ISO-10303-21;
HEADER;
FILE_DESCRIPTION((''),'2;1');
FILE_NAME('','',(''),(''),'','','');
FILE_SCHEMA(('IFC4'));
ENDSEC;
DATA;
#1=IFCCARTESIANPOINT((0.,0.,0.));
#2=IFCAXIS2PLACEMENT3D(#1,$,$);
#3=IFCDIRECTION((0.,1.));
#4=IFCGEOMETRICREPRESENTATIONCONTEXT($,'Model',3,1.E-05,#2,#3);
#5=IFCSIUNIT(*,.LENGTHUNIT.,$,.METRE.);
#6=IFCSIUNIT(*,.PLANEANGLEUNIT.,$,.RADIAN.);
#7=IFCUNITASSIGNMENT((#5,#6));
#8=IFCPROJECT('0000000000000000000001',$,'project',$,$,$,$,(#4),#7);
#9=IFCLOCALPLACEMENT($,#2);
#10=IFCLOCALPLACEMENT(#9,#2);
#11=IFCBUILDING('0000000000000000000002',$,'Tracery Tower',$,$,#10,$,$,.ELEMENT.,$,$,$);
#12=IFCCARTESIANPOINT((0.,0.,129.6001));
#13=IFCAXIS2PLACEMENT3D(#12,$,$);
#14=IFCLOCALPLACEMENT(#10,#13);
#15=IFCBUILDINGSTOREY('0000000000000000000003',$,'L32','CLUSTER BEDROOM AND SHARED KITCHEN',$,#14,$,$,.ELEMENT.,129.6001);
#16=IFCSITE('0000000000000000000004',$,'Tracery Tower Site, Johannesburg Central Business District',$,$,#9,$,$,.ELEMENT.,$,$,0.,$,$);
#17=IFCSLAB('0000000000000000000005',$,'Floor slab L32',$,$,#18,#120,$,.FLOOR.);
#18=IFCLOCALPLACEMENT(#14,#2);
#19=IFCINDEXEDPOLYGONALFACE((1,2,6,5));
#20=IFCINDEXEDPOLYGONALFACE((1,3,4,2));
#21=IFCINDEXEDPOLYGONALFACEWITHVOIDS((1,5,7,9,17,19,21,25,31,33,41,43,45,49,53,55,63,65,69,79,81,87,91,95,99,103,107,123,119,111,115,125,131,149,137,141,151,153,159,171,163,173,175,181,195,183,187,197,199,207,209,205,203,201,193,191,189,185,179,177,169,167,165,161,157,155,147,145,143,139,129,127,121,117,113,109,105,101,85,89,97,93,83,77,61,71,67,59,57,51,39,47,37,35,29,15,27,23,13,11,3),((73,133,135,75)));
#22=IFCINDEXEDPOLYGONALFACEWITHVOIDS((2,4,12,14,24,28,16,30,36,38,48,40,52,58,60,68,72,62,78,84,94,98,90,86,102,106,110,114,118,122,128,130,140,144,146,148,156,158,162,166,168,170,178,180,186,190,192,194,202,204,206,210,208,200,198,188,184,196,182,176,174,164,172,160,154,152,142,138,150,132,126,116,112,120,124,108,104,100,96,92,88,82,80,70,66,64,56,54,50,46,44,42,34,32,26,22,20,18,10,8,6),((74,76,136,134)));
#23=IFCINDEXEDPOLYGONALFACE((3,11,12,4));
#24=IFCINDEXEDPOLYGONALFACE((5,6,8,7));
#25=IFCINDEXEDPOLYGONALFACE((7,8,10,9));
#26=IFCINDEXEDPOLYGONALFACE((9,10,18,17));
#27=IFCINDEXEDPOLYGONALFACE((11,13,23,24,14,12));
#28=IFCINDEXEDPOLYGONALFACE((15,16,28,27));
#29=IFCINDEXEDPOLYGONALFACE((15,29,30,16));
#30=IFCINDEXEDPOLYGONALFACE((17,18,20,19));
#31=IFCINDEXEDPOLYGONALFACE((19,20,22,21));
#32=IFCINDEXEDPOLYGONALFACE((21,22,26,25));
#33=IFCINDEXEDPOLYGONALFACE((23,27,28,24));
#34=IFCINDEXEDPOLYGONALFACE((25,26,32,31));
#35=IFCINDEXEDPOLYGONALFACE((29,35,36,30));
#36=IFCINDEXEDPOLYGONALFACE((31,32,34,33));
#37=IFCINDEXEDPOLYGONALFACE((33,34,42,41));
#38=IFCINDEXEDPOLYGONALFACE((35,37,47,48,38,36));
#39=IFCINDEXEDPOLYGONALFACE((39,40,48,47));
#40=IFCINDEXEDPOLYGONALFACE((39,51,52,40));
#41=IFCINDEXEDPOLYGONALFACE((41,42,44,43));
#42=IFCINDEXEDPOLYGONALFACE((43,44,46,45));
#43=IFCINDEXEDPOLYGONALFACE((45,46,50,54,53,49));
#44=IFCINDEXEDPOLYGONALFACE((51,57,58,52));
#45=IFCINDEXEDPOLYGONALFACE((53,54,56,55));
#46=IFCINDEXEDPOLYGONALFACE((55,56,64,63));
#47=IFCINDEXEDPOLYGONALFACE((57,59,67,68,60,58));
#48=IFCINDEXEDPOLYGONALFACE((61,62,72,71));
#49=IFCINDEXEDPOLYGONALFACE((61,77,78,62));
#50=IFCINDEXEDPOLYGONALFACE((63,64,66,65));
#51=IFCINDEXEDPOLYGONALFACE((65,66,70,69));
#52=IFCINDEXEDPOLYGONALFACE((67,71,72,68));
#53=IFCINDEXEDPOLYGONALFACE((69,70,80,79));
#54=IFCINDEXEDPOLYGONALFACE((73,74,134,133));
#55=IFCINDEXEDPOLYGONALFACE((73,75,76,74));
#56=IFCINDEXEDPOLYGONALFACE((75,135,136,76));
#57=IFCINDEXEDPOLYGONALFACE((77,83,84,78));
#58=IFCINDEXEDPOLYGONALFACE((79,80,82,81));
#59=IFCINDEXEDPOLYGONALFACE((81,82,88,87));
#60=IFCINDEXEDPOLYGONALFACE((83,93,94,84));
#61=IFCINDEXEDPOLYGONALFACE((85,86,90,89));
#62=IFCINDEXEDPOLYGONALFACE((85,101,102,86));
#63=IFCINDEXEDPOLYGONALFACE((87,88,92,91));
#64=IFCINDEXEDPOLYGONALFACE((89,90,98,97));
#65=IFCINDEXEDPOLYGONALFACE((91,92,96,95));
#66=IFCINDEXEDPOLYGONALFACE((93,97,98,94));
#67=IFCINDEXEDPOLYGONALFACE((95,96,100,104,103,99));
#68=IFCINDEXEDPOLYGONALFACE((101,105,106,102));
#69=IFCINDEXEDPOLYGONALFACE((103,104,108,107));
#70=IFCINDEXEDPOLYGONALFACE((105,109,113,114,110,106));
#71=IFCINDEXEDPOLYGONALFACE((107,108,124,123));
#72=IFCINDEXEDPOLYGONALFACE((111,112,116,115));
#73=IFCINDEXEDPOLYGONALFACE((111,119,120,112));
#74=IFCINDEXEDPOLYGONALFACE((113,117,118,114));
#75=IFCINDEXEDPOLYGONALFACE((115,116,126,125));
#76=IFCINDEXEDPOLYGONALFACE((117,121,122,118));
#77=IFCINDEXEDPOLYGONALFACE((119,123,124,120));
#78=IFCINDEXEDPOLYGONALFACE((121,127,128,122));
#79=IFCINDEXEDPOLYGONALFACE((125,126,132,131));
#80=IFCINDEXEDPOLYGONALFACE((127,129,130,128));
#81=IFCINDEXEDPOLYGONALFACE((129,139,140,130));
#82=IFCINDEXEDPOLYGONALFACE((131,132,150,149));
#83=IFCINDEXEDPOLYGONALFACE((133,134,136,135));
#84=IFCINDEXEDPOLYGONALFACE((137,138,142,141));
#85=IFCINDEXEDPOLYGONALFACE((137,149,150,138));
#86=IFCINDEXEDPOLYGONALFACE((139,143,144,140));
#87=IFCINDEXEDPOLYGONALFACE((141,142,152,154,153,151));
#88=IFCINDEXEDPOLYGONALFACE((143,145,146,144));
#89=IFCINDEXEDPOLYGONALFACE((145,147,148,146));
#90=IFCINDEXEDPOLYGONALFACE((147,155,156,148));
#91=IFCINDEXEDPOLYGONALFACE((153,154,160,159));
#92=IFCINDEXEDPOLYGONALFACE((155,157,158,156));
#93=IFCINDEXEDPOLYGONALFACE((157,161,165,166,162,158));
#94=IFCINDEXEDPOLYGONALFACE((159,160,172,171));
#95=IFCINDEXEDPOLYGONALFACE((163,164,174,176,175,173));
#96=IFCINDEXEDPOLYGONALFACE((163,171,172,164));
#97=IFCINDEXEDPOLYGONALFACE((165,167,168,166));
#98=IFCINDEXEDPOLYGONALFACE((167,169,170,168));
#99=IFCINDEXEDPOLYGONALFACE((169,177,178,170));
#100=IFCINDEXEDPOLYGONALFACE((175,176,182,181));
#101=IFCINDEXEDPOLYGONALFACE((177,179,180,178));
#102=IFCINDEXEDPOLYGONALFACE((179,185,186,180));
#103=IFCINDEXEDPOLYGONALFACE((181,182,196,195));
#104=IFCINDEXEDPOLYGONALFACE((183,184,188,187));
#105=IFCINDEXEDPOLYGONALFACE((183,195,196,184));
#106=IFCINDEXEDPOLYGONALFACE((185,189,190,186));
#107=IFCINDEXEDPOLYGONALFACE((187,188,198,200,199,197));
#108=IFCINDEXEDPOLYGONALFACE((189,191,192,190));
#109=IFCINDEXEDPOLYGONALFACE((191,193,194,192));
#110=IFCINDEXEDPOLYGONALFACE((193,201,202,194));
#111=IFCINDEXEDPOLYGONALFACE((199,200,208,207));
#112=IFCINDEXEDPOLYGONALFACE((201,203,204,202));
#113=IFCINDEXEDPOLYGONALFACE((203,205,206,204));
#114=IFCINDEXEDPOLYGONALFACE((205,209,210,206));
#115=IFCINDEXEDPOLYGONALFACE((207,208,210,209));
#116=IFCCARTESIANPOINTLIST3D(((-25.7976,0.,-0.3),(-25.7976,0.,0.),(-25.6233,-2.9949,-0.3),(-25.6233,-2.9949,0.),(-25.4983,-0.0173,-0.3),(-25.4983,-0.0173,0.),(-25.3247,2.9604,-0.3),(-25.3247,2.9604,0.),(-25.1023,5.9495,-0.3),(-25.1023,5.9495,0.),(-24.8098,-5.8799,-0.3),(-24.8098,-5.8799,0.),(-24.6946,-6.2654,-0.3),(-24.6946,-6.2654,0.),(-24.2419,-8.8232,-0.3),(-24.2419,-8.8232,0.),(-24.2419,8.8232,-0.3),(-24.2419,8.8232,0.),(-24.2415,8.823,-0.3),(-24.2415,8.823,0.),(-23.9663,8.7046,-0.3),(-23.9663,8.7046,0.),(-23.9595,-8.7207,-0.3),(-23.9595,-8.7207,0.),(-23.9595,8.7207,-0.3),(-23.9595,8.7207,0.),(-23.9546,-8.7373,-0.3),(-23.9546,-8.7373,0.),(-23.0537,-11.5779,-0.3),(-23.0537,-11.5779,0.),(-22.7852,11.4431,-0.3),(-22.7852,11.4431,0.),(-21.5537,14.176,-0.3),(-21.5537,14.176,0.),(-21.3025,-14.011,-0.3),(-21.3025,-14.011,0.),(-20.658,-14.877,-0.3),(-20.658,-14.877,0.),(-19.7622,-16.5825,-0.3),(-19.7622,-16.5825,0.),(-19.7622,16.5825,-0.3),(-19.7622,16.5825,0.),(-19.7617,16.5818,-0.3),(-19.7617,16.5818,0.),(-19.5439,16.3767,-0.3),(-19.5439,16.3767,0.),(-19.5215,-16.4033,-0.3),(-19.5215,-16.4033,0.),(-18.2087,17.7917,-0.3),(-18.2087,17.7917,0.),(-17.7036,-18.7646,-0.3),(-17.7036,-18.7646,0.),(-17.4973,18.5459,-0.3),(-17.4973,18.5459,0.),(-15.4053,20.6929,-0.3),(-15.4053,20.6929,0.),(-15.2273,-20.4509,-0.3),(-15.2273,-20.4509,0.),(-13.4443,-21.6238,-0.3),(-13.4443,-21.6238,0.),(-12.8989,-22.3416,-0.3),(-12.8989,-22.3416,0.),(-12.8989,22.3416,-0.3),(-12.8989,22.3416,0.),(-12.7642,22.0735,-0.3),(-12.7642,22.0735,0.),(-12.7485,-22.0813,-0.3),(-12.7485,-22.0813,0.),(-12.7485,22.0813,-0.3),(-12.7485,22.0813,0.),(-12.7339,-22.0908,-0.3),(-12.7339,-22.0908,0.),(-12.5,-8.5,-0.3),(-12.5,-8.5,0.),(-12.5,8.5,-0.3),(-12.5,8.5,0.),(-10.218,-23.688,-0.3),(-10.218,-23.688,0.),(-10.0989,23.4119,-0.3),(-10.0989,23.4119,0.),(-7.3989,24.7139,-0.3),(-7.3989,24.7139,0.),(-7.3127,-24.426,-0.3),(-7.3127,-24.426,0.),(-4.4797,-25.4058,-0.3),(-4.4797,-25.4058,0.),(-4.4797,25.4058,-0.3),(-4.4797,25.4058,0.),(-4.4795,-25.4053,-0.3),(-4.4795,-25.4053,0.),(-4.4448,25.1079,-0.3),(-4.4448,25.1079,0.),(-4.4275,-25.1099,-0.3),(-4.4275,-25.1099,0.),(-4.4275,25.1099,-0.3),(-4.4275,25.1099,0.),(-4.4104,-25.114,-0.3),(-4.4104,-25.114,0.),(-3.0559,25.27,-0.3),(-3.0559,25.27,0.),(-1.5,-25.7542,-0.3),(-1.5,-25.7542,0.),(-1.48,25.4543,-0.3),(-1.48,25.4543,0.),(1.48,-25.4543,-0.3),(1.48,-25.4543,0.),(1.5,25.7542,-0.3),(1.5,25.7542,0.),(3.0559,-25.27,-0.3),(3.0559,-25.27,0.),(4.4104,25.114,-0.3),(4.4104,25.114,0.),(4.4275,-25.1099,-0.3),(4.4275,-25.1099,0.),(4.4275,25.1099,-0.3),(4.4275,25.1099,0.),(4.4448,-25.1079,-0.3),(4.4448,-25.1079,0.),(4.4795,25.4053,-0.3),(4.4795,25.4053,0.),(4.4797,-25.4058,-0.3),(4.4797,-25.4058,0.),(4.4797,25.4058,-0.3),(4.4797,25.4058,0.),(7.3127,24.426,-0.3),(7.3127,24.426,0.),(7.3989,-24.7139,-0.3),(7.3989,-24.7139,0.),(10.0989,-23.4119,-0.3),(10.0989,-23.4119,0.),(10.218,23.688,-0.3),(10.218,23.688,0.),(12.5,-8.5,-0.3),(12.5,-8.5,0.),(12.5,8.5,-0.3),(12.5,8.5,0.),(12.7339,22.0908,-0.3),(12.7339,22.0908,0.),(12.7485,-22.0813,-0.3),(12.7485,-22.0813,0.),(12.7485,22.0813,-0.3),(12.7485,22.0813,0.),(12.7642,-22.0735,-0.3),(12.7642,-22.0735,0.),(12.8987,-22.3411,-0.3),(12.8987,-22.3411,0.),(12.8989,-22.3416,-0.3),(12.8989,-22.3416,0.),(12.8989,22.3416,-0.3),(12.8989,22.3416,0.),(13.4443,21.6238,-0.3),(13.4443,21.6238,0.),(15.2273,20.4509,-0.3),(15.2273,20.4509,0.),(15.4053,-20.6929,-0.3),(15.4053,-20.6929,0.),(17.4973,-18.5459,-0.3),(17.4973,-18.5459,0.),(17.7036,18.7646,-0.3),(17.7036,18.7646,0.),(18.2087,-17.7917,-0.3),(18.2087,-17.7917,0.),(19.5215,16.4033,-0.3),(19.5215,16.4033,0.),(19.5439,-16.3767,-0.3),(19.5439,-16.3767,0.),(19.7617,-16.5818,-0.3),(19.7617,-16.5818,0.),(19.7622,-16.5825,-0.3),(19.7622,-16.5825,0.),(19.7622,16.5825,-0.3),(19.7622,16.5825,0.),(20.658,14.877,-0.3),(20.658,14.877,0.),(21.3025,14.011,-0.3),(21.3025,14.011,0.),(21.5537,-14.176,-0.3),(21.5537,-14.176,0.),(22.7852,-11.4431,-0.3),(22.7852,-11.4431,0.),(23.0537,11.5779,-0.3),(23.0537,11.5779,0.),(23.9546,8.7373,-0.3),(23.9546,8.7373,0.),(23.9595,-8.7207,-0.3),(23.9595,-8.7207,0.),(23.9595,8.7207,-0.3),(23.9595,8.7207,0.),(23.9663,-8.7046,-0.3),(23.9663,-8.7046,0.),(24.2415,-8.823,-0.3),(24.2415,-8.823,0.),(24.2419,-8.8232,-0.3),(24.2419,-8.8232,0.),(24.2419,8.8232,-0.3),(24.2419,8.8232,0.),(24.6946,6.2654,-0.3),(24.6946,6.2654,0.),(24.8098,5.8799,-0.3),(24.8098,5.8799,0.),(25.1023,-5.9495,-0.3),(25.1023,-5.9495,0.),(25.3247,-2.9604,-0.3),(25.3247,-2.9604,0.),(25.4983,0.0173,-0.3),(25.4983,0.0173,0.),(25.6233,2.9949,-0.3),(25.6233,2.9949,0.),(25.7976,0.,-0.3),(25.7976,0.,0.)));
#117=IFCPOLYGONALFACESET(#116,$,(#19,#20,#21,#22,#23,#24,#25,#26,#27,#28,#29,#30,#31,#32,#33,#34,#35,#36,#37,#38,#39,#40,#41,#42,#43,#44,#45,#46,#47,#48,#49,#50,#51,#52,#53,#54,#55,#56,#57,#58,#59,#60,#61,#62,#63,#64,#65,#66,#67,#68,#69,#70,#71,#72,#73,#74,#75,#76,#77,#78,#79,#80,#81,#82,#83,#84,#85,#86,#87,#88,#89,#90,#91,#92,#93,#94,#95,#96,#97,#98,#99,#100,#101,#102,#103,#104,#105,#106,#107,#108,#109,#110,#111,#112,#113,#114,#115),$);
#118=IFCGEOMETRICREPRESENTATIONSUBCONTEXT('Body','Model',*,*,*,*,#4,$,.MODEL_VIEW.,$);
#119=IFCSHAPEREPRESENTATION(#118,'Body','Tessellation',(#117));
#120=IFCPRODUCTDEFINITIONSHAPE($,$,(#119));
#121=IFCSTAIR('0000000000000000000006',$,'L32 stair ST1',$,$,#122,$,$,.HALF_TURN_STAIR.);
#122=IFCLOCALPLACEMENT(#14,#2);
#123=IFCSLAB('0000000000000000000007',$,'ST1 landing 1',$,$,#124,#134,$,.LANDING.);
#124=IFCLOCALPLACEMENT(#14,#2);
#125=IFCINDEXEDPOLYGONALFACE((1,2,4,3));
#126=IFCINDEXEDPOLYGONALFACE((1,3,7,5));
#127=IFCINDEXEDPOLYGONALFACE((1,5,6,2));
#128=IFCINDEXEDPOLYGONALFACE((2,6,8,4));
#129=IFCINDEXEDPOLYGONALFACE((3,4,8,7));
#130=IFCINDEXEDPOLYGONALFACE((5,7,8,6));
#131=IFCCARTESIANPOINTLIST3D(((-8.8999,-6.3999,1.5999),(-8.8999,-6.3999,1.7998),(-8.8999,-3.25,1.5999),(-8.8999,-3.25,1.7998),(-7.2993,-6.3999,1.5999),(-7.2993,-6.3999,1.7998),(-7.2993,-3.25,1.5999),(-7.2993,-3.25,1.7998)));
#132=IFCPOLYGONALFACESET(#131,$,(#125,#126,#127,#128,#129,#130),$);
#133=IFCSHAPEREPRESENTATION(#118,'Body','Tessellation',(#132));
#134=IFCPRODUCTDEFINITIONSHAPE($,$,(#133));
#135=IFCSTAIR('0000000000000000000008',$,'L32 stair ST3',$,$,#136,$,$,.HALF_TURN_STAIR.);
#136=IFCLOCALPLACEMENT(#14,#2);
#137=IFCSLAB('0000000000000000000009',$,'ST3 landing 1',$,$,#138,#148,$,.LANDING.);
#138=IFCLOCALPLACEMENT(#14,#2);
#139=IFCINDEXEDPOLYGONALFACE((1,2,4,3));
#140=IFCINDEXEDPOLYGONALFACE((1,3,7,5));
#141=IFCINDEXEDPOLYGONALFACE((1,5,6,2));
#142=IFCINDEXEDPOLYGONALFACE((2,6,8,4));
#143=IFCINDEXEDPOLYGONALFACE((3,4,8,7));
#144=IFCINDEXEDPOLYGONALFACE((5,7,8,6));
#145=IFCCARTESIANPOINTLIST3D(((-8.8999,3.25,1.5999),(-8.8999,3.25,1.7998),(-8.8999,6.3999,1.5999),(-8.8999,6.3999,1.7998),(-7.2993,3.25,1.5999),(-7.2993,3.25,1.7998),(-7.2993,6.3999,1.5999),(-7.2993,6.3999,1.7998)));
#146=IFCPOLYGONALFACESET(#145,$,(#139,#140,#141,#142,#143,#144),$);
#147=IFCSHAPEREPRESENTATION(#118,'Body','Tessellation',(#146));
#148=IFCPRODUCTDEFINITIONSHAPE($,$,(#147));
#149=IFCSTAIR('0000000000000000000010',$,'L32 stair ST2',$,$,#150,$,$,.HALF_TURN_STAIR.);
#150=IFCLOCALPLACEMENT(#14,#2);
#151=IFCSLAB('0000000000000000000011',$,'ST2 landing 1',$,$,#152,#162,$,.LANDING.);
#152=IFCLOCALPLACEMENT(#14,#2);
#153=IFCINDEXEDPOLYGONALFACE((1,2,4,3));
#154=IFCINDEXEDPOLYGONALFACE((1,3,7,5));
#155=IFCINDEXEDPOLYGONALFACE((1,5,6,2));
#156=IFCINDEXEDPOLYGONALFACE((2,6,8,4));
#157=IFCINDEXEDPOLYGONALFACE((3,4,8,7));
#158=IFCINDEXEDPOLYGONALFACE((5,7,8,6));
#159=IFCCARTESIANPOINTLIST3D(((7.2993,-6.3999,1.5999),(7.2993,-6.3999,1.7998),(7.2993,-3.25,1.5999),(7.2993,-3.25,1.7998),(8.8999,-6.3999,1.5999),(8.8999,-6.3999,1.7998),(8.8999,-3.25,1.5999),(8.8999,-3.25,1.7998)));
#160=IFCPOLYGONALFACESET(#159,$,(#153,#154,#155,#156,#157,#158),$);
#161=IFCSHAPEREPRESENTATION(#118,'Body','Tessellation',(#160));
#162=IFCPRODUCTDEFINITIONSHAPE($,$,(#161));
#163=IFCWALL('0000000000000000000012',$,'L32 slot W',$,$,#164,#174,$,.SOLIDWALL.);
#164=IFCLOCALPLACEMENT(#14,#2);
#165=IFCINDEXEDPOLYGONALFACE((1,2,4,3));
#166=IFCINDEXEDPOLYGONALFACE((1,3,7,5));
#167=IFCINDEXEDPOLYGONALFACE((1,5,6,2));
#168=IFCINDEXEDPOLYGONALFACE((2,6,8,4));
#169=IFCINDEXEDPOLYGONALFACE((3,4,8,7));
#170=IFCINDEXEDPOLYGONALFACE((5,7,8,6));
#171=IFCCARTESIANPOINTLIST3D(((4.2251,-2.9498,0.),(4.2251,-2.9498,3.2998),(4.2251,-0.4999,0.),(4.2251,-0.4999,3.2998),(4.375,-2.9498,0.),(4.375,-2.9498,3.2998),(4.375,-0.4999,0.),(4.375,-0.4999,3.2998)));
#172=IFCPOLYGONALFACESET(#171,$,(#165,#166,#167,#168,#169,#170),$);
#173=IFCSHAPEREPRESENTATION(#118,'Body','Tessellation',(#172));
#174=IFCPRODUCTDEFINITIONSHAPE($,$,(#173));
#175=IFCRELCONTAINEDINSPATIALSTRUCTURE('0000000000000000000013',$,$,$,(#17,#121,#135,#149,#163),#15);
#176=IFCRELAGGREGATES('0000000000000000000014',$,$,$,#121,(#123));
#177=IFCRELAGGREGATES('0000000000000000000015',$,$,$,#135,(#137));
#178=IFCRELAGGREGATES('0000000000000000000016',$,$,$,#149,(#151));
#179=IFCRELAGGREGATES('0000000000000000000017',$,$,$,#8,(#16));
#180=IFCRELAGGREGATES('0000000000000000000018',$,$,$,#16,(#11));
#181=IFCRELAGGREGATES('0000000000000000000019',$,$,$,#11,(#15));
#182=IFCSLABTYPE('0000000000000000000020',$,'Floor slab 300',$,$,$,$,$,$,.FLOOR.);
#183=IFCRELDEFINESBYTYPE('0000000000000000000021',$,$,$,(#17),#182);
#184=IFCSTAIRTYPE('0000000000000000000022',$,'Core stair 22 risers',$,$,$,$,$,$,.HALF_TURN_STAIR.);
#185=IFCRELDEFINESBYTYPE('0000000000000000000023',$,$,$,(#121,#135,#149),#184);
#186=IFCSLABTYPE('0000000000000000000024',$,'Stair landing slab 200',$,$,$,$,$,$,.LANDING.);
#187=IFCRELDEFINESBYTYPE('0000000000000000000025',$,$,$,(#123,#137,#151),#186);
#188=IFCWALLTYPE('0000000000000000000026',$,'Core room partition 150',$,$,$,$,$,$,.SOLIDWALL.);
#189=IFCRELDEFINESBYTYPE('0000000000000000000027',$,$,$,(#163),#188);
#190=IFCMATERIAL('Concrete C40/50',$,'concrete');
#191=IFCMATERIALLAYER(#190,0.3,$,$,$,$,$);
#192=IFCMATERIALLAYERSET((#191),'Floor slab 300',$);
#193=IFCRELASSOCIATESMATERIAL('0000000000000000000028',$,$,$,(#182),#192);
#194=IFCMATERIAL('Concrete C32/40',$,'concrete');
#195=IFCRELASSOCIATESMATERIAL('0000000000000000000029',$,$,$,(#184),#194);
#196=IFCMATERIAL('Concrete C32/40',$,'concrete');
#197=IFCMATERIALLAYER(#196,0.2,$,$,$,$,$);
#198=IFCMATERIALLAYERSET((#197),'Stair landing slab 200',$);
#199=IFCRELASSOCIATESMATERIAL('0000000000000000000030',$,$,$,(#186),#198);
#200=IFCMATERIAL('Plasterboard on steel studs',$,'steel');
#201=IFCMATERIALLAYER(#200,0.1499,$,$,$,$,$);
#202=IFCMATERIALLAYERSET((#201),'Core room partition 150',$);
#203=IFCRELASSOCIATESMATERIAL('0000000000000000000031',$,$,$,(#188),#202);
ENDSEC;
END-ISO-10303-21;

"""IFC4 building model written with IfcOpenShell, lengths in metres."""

from ifc_helpers import new_model, si_unit, direction, frame, frame_2d, origin, place, context, subcontext, project, spatial, polyline, rectangle, outline, extrude, material, layer, layer_set, type_object, element, aggregate, save


model = new_model("IFC4")

# Units and contexts
model_context = context("Model", 3, precision=1e-05, world=origin(), true_north=direction((0.0, 1.0)))
body_context = subcontext(model_context, "Body", "Model", "MODEL_VIEW")
ifc_project = project(units=[si_unit("LENGTHUNIT", "METRE"), si_unit("PLANEANGLEUNIT", "RADIAN")], contexts=[model_context])

# Site, building, storey
site_placement = place(None, origin())
site = spatial("IfcSite", under=ifc_project, at=site_placement, Name="Tracery Tower Site, Johannesburg Central Business District", CompositionType="ELEMENT", RefElevation=0.0)
building_placement = place(site_placement, origin())
building = spatial("IfcBuilding", under=site, at=building_placement, Name="Tracery Tower", CompositionType="ELEMENT")
storey_placement = place(building_placement, frame((0.0, 0.0, 129.6001)))
storey = spatial("IfcBuildingStorey", under=building, at=storey_placement, Name="L32", Description="CLUSTER BEDROOM AND SHARED KITCHEN", CompositionType="ELEMENT", Elevation=129.6001)

# Slab
ifc_material_1 = material(Name="Concrete C40/50", Category="concrete")
ifc_layer_1 = layer(ifc_material_1, 0.3)
ifc_layer_set_1 = layer_set([ifc_layer_1], Name="Floor slab 300")
slab_type_1 = type_object("IfcSlabType", Name="Floor slab 300", PredefinedType="FLOOR", material=ifc_layer_set_1)
slab_1_placement = place(storey_placement, frame((0.0, 0.0, -0.3)))
element("IfcSlab", 1, at=slab_1_placement, inside=storey, type_object=slab_type_1, Name="Floor slab L32", PredefinedType="FLOOR", context=body_context, shape_type="SweptSolid", body=[
    extrude(outline(polyline([(24.8098, 5.8799), (24.6946, 6.2654), (23.9595, 8.7207), (23.9595, 8.7207), (23.9546, 8.7373), (24.2419, 8.8232), (23.0537, 11.5779), (21.3025, 14.011), (20.658, 14.877), (19.5215, 16.4033), (19.7622, 16.5825), (17.7036, 18.7646), (15.2273, 20.4509), (13.4443, 21.6238), (12.7485, 22.0813), (12.7485, 22.0813), (12.7339, 22.0908), (12.8989, 22.3416), (10.218, 23.688), (7.3127, 24.426), (4.4275, 25.1099), (4.4275, 25.1099), (4.4104, 25.114), (4.4795, 25.4053), (4.4797, 25.4058), (1.5, 25.7542), (-1.48, 25.4543), (-3.0559, 25.27), (-4.4275, 25.1099), (-4.4275, 25.1099), (-4.4448, 25.1079), (-4.4797, 25.4058), (-7.3989, 24.7139), (-10.0989, 23.4119), (-12.7485, 22.0813), (-12.7485, 22.0813), (-12.7642, 22.0735), (-12.8989, 22.3416), (-15.4053, 20.6929), (-17.4973, 18.5459), (-18.2087, 17.7917), (-19.5439, 16.3767), (-19.7617, 16.5818), (-19.7622, 16.5825), (-21.5537, 14.176), (-22.7852, 11.4431), (-23.9595, 8.7207), (-23.9595, 8.7207), (-23.9663, 8.7046), (-24.2415, 8.823), (-24.2419, 8.8232), (-25.1023, 5.9495), (-25.3247, 2.9604), (-25.4983, -0.0173), (-25.7976, 0.0), (-25.7976, 0.0), (-25.6233, -2.9949), (-24.8098, -5.8799), (-24.6946, -6.2654), (-23.9595, -8.7207), (-23.9595, -8.7207), (-23.9546, -8.7373), (-24.2419, -8.8232), (-23.0537, -11.5779), (-21.3025, -14.011), (-20.658, -14.877), (-19.5215, -16.4033), (-19.7622, -16.5825), (-17.7036, -18.7646), (-15.2273, -20.4509), (-13.4443, -21.6238), (-12.7485, -22.0813), (-12.7485, -22.0813), (-12.7339, -22.0908), (-12.8989, -22.3416), (-10.218, -23.688), (-7.3127, -24.426), (-4.4275, -25.1099), (-4.4275, -25.1099), (-4.4104, -25.114), (-4.4795, -25.4053), (-4.4797, -25.4058), (-1.5, -25.7542), (1.48, -25.4543), (3.0559, -25.27), (4.4275, -25.1099), (4.4275, -25.1099), (4.4448, -25.1079), (4.4797, -25.4058), (7.3989, -24.7139), (10.0989, -23.4119), (12.7485, -22.0813), (12.7485, -22.0813), (12.7642, -22.0735), (12.8987, -22.3411), (12.8989, -22.3416), (15.4053, -20.6929), (17.4973, -18.5459), (18.2087, -17.7917), (19.5439, -16.3767), (19.7617, -16.5818), (19.7622, -16.5825), (21.5537, -14.176), (22.7852, -11.4431), (23.9595, -8.7207), (23.9595, -8.7207), (23.9663, -8.7046), (24.2415, -8.823), (24.2419, -8.8232), (25.1023, -5.9495), (25.3247, -2.9604), (25.4983, 0.0173), (25.7976, 0.0), (25.6233, 2.9949), (24.8098, 5.8799)]), holes=[polyline([(-12.5, -8.5), (12.5, -8.5), (12.5, 8.5), (-12.5, 8.5), (-12.5, -8.5)])]), origin(), (0.0, 0.0, 1.0), 0.3),
])

# Stairs, slabs
ifc_material_2 = material(Name="Concrete C32/40", Category="concrete")
stair_type = type_object("IfcStairType", Name="Core stair 22 risers", PredefinedType="HALF_TURN_STAIR", material=ifc_material_2)
stair_1_placement = place(storey_placement, origin())
stair_1 = element("IfcStair", 2, at=stair_1_placement, inside=storey, type_object=stair_type, Name="L32 stair ST1", PredefinedType="HALF_TURN_STAIR")
ifc_material_3 = material(Name="Concrete C32/40", Category="concrete")
ifc_layer_2 = layer(ifc_material_3, 0.2)
ifc_layer_set_2 = layer_set([ifc_layer_2], Name="Stair landing slab 200")
slab_type_2 = type_object("IfcSlabType", Name="Stair landing slab 200", PredefinedType="LANDING", material=ifc_layer_set_2)
slab_2_placement = place(storey_placement, frame((0.0, 0.0, 1.5999)))
slab_2 = element("IfcSlab", 3, at=slab_2_placement, type_object=slab_type_2, Name="ST1 landing 1", PredefinedType="LANDING", context=body_context, shape_type="SweptSolid", body=[
    extrude(outline(polyline([(-7.2993, -3.25), (-8.8999, -3.25), (-8.8999, -6.3999), (-7.2993, -6.3999), (-7.2993, -3.25)])), origin(), (0.0, 0.0, 1.0), 0.2),
])
aggregate(stair_1, [slab_2])
stair_2_placement = place(storey_placement, origin())
stair_2 = element("IfcStair", 4, at=stair_2_placement, inside=storey, type_object=stair_type, Name="L32 stair ST3", PredefinedType="HALF_TURN_STAIR")
slab_3_placement = place(storey_placement, frame((0.0, 0.0, 1.5999)))
slab_3 = element("IfcSlab", 5, at=slab_3_placement, type_object=slab_type_2, Name="ST3 landing 1", PredefinedType="LANDING", context=body_context, shape_type="SweptSolid", body=[
    extrude(outline(polyline([(-7.2993, 6.3999), (-8.8999, 6.3999), (-8.8999, 3.25), (-7.2993, 3.25), (-7.2993, 6.3999)])), origin(), (0.0, 0.0, 1.0), 0.2),
])
aggregate(stair_2, [slab_3])
stair_3_placement = place(storey_placement, origin())
stair_3 = element("IfcStair", 6, at=stair_3_placement, inside=storey, type_object=stair_type, Name="L32 stair ST2", PredefinedType="HALF_TURN_STAIR")
slab_4_placement = place(storey_placement, frame((0.0, 0.0, 1.5999)))
slab_4 = element("IfcSlab", 7, at=slab_4_placement, type_object=slab_type_2, Name="ST2 landing 1", PredefinedType="LANDING", context=body_context, shape_type="SweptSolid", body=[
    extrude(outline(polyline([(7.2993, -6.3999), (8.8999, -6.3999), (8.8999, -3.25), (7.2993, -3.25), (7.2993, -6.3999)])), origin(), (0.0, 0.0, 1.0), 0.2),
])

# Wall
ifc_material_4 = material(Name="Plasterboard on steel studs", Category="steel")
ifc_layer_3 = layer(ifc_material_4, 0.1499)
ifc_layer_set_3 = layer_set([ifc_layer_3], Name="Core room partition 150")
wall_type_1 = type_object("IfcWallType", Name="Core room partition 150", PredefinedType="SOLIDWALL", material=ifc_layer_set_3)
wall_1_placement = place(storey_placement, frame((4.3, -2.95, 0.0), z_axis=(0.0, 0.0, 1.0), x_axis=(0.0, 1.0, 0.0)))
element("IfcWall", 8, at=wall_1_placement, inside=storey, type_object=wall_type_1, Name="L32 slot W", PredefinedType="SOLIDWALL", context=body_context, shape_type="SweptSolid", body=[
    extrude(rectangle(XDim=2.45, YDim=0.1499, at=frame_2d((1.2251, 0.0))), origin(), (0.0, 0.0, 1.0), 3.2998),
])

aggregate(stair_3, [slab_4])

save(model, "model.ifc")
